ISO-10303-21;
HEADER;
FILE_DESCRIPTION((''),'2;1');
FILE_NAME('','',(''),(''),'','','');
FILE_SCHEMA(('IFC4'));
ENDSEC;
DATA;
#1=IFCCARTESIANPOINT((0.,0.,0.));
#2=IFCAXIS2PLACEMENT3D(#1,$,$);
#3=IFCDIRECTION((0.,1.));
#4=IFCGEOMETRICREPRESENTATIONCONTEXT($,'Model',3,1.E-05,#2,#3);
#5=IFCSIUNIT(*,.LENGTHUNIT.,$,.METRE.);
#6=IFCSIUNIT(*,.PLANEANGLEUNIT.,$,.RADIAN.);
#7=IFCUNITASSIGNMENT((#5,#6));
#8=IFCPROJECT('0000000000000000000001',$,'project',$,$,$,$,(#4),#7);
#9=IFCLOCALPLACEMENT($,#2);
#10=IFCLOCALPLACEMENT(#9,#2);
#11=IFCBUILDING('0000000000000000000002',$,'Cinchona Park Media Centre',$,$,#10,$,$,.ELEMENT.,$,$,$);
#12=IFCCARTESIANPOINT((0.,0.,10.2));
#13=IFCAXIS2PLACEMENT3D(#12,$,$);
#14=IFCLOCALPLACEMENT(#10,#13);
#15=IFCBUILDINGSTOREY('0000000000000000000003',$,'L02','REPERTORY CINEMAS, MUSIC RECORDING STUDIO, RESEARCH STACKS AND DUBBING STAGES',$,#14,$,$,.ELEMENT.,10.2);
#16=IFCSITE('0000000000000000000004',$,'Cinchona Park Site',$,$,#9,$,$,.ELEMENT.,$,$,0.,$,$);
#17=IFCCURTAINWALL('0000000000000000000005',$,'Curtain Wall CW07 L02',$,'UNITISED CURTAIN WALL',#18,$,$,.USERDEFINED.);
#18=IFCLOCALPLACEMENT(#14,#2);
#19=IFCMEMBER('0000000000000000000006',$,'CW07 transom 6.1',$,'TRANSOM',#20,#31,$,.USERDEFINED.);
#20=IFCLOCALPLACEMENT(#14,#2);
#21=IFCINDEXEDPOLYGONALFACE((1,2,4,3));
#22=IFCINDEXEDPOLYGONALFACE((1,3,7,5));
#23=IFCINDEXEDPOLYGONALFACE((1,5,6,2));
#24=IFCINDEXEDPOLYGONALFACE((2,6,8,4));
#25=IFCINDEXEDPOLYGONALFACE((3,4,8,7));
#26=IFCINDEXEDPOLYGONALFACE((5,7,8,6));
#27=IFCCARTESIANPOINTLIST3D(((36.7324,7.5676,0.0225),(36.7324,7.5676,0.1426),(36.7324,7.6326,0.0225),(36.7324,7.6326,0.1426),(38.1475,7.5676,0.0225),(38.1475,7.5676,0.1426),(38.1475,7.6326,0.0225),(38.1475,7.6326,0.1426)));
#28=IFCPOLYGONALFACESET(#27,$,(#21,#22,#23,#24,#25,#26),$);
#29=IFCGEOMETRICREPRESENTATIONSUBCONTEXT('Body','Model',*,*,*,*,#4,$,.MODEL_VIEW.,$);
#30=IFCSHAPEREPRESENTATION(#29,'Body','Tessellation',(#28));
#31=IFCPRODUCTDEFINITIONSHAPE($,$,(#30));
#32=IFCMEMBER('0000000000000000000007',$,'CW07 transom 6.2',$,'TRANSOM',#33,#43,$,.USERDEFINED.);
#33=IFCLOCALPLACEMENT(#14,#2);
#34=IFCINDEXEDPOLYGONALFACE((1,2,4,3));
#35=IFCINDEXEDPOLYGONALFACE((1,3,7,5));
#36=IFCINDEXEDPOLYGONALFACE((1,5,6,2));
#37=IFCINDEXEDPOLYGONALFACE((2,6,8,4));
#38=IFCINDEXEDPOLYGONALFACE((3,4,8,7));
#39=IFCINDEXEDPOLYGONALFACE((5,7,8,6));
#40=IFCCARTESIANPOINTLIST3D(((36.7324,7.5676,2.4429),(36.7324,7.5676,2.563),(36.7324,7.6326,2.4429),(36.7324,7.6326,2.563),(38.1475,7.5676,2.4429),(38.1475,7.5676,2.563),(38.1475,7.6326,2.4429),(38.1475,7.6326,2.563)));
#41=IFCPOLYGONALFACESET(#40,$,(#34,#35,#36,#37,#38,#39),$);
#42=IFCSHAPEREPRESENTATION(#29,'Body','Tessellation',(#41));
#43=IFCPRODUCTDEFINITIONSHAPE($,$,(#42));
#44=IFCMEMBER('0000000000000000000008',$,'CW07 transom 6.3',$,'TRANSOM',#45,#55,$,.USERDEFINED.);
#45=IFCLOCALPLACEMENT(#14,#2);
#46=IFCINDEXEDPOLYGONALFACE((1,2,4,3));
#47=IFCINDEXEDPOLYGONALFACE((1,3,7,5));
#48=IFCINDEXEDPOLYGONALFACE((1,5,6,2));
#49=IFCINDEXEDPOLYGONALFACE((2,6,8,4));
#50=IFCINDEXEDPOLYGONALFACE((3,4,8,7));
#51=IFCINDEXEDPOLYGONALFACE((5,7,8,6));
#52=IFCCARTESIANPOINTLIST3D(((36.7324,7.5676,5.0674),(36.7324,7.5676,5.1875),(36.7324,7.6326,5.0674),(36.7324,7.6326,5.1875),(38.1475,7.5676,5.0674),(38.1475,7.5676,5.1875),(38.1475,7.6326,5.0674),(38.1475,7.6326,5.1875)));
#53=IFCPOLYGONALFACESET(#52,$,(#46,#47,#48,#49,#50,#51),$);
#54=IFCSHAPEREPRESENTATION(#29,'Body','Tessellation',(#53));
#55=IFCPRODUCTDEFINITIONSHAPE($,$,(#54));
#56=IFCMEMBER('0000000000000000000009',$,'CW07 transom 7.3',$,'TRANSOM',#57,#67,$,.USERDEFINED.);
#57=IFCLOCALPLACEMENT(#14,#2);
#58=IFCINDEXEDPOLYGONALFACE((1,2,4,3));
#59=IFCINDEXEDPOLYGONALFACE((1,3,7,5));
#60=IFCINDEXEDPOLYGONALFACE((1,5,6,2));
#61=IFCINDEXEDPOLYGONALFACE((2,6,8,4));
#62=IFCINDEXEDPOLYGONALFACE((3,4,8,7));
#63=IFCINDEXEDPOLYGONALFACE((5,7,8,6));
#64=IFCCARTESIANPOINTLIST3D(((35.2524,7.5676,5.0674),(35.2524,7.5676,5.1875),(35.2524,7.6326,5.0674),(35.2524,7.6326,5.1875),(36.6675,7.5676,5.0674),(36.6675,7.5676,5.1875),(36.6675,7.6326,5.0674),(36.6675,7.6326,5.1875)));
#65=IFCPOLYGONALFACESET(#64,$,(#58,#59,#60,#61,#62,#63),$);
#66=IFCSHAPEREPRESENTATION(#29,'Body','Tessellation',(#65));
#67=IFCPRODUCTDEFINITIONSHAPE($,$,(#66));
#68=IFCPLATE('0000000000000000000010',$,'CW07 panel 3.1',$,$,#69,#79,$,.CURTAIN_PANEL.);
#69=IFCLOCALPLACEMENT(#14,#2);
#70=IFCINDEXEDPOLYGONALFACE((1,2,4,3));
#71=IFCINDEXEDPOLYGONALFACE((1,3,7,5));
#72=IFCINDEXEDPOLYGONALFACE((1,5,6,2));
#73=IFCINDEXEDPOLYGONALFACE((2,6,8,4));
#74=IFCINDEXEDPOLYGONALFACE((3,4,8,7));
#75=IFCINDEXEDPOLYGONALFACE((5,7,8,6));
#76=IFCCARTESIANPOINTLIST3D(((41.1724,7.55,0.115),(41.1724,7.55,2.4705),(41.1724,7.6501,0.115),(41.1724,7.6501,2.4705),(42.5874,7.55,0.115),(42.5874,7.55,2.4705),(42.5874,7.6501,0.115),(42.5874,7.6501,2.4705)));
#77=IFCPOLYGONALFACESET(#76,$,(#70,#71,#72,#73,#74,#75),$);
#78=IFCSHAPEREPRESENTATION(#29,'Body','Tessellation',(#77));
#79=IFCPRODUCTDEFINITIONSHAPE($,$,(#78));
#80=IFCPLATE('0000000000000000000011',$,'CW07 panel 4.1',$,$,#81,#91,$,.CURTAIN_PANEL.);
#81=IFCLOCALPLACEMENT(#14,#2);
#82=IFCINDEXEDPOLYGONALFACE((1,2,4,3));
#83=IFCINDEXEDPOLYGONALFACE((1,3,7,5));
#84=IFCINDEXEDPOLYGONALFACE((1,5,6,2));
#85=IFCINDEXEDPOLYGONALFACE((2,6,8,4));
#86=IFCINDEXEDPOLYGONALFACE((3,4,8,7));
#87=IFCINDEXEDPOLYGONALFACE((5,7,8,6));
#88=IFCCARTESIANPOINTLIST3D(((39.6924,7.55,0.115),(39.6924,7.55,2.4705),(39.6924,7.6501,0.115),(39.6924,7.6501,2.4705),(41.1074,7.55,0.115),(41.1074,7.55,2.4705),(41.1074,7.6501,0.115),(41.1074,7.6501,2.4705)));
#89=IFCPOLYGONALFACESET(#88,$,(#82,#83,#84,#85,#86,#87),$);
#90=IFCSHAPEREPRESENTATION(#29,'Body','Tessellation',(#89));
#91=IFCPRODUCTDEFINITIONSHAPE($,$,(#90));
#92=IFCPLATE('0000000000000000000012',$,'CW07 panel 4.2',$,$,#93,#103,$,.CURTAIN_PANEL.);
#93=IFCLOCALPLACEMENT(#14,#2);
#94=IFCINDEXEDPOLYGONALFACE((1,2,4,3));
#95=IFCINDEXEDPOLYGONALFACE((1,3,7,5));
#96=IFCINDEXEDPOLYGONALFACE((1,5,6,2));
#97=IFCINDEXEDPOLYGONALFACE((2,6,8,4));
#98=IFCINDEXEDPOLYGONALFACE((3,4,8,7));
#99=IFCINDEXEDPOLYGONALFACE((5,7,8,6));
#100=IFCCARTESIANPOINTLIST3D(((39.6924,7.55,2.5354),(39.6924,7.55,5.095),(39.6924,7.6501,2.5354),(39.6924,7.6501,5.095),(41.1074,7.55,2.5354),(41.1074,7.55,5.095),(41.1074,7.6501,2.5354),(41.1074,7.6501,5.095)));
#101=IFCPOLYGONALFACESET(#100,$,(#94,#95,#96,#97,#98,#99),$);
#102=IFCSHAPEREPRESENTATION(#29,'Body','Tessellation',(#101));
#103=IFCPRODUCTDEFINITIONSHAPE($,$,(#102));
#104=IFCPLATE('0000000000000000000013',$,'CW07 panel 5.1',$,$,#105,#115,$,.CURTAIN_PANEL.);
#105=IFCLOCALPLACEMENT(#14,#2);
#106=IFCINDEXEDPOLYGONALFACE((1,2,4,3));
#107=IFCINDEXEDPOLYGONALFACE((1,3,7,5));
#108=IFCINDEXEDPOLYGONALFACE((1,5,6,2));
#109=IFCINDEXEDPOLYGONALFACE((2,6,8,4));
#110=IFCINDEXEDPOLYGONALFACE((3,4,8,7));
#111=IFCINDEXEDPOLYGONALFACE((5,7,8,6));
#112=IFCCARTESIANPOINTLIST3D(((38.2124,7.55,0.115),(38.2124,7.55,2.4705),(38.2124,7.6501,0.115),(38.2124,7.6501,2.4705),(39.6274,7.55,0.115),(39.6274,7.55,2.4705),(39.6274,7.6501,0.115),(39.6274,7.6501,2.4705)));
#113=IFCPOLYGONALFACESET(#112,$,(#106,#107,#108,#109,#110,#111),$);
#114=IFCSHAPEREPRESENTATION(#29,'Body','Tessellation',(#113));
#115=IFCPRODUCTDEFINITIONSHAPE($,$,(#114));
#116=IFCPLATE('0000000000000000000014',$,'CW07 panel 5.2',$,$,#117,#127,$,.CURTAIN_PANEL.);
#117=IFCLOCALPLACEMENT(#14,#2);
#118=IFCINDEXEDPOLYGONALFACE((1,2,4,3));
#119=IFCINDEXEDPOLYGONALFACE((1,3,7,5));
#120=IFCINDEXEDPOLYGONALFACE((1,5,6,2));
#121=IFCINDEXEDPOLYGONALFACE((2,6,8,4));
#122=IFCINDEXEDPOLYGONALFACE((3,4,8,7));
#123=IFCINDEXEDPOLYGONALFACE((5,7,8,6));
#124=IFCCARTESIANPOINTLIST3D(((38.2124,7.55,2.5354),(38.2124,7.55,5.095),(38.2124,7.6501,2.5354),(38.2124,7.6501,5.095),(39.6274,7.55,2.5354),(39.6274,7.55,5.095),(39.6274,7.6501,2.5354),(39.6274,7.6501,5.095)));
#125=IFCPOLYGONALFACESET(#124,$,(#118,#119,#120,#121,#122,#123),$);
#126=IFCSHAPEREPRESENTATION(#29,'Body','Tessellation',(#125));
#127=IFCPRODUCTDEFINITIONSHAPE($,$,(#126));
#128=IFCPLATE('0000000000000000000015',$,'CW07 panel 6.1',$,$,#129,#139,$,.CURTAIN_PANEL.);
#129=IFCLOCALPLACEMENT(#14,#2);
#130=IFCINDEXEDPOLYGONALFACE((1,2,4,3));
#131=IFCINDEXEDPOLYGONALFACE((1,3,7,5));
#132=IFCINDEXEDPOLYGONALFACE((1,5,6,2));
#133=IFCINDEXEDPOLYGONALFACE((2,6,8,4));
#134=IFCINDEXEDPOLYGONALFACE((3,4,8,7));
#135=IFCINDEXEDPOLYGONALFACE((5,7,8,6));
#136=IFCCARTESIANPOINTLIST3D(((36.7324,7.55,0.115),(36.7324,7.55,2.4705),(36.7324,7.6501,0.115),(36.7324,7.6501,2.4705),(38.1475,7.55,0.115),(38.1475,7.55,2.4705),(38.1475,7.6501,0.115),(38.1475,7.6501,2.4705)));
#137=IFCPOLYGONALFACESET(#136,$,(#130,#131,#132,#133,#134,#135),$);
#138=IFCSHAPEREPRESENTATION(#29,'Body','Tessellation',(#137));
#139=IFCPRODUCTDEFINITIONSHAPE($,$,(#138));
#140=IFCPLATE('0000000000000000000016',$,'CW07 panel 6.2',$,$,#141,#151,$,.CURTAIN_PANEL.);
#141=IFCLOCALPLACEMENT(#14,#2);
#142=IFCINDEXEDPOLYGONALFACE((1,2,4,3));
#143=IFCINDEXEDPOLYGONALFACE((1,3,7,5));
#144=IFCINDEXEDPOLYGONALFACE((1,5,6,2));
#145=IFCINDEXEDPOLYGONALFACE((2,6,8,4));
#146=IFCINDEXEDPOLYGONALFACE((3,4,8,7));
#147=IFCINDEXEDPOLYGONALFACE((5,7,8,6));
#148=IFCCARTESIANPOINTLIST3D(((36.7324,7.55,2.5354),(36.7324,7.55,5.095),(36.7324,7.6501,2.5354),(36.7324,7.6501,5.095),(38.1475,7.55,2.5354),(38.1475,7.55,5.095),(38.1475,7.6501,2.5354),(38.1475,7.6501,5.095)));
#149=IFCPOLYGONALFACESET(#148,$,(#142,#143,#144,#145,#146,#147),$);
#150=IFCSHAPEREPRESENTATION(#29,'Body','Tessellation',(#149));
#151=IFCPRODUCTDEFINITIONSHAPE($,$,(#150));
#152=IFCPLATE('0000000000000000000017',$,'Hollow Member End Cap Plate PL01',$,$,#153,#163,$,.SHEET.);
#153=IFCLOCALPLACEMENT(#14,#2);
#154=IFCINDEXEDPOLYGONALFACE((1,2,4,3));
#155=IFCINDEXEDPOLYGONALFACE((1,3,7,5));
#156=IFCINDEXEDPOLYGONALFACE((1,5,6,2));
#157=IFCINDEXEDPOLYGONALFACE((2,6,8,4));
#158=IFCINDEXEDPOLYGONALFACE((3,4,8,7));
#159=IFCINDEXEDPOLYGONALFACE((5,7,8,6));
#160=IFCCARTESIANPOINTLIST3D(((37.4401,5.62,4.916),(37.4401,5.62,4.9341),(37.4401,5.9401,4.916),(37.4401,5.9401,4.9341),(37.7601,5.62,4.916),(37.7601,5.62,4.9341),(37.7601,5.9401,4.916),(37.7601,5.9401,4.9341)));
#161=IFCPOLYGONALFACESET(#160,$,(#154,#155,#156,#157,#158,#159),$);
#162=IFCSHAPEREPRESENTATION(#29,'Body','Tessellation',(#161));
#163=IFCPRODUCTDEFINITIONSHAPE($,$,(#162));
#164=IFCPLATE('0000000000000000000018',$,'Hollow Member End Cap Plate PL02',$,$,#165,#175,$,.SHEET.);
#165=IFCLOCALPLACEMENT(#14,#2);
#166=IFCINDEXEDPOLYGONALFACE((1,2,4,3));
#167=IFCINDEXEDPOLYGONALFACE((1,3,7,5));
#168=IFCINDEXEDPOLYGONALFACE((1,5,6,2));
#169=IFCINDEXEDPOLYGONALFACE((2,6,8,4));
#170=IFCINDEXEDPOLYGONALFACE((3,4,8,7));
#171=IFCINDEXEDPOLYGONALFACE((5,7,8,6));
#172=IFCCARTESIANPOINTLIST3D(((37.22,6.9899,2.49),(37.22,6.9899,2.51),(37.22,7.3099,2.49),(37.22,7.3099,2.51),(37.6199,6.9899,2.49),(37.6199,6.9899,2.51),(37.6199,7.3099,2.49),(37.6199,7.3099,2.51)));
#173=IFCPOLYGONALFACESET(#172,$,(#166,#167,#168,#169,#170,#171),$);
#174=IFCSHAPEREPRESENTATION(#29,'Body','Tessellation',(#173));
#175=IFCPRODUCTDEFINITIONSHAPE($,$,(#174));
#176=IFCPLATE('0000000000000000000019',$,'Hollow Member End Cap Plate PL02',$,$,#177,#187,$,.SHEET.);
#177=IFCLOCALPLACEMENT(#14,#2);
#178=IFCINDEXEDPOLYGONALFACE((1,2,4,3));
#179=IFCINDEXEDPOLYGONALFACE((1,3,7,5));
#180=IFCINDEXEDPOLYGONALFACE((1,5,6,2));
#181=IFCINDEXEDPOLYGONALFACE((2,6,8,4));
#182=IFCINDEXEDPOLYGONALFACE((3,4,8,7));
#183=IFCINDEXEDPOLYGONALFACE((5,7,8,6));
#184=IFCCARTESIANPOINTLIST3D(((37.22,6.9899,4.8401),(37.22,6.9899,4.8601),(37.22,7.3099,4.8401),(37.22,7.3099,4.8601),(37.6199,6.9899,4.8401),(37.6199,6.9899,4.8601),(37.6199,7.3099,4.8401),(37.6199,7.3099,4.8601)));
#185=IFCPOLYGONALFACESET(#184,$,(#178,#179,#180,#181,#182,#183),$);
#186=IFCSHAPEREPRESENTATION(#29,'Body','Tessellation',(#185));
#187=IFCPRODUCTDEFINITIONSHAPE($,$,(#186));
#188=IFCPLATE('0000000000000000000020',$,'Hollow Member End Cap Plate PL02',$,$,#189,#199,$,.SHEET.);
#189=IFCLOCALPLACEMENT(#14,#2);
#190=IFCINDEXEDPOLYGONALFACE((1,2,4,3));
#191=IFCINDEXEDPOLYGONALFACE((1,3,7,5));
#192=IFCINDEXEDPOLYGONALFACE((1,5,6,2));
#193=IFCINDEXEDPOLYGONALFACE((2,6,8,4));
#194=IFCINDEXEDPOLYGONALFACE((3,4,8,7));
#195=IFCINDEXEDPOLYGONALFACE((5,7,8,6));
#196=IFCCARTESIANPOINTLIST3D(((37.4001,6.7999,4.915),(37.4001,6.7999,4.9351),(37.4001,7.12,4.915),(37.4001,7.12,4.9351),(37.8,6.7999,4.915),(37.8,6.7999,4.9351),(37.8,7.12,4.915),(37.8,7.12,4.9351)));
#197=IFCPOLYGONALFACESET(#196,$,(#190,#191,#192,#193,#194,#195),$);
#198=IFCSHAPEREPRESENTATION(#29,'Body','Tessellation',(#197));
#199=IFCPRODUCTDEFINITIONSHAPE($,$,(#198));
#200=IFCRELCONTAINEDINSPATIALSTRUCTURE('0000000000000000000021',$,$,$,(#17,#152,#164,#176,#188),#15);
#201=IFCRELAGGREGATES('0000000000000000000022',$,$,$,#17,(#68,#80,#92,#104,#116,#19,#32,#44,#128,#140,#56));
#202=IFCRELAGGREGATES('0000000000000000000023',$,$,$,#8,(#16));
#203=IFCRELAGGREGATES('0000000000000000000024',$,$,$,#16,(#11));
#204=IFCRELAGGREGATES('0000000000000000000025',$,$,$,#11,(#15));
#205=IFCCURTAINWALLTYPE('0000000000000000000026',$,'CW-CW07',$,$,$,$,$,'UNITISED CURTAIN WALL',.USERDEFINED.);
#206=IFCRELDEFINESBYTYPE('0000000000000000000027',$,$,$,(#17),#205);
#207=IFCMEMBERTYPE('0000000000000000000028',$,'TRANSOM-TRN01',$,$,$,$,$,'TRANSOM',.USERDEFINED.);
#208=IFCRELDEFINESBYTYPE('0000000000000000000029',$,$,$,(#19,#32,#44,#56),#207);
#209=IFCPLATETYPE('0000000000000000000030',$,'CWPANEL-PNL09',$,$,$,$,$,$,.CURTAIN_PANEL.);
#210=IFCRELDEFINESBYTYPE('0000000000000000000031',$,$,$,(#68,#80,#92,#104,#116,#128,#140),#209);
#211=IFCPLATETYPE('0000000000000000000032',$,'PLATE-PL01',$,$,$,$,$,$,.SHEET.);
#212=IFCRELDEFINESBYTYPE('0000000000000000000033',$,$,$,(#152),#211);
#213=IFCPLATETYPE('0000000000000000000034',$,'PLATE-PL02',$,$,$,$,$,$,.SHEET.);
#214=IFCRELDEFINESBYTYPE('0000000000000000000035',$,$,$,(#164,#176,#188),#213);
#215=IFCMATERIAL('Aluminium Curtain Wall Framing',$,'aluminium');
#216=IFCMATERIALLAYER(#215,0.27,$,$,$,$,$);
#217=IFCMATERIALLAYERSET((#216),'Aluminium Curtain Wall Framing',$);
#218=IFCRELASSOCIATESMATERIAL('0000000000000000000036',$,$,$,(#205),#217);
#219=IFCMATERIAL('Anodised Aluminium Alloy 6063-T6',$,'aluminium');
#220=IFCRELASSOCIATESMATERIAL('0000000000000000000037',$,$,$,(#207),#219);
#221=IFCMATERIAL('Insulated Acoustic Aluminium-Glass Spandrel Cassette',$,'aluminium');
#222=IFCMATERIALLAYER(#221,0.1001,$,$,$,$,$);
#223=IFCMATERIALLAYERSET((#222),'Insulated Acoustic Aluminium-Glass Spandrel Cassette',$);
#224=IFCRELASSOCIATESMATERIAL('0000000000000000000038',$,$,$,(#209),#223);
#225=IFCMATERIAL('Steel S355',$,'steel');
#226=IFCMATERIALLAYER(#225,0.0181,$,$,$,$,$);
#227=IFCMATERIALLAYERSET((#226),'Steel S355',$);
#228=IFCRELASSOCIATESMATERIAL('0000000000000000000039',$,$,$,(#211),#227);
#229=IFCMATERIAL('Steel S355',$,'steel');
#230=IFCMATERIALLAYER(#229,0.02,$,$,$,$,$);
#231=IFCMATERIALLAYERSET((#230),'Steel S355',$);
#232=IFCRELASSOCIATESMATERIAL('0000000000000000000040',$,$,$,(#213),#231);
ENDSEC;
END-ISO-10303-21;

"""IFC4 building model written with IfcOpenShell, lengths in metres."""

from ifc_helpers import new_model, si_unit, direction, frame, origin, origin_2d, place, context, subcontext, project, spatial, rectangle, extrude, material, layer, layer_set, material_profile, profile_set, type_object, element, aggregate, save


model = new_model("IFC4")

# Units and contexts
model_context = context("Model", 3, precision=1e-05, world=origin(), true_north=direction((0.0, 1.0)))
body_context = subcontext(model_context, "Body", "Model", "MODEL_VIEW")
ifc_project = project(units=[si_unit("LENGTHUNIT", "METRE"), si_unit("PLANEANGLEUNIT", "RADIAN")], contexts=[model_context])

# Site, building, storey
site_placement = place(None, origin())
site = spatial("IfcSite", under=ifc_project, at=site_placement, Name="Cinchona Park Site", CompositionType="ELEMENT", RefElevation=0.0)
building_placement = place(site_placement, origin())
building = spatial("IfcBuilding", under=site, at=building_placement, Name="Cinchona Park Media Centre", CompositionType="ELEMENT")
storey_placement = place(building_placement, frame((0.0, 0.0, 10.2)))
storey = spatial("IfcBuildingStorey", under=building, at=storey_placement, Name="L02", Description="REPERTORY CINEMAS, MUSIC RECORDING STUDIO, RESEARCH STACKS AND DUBBING STAGES", CompositionType="ELEMENT", Elevation=10.2)

# Curtain wall, members, plates
ifc_material_1 = material(Name="Aluminium Curtain Wall Framing", Category="aluminium")
ifc_layer_1 = layer(ifc_material_1, 0.27)
ifc_layer_set_1 = layer_set([ifc_layer_1], Name="Aluminium Curtain Wall Framing")
curtain_wall_type = type_object("IfcCurtainWallType", Name="CW-CW07", ElementType="UNITISED CURTAIN WALL", PredefinedType="USERDEFINED", material=ifc_layer_set_1)
curtain_wall_placement = place(storey_placement, origin())
curtain_wall = element("IfcCurtainWall", 1, at=curtain_wall_placement, inside=storey, type_object=curtain_wall_type, Name="Curtain Wall CW07 L02", ObjectType="UNITISED CURTAIN WALL", PredefinedType="USERDEFINED")
ifc_material_2 = material(Name="Anodised Aluminium Alloy 6063-T6", Category="aluminium")
ifc_material_profile_1 = material_profile(ifc_material_2, rectangle(XDim=0.0649, YDim=0.1201, at=origin_2d()), Name="TRN-65X120")
ifc_profile_set_1 = profile_set([ifc_material_profile_1], Name="Anodised Aluminium Alloy 6063-T6")
member_type_1 = type_object("IfcMemberType", Name="TRANSOM-TRN01", ElementType="TRANSOM", PredefinedType="USERDEFINED", material=ifc_profile_set_1)
member_1_placement = place(storey_placement, frame((38.1475, 7.6001, 0.0825), z_axis=(-1.0, 0.0, 0.0), x_axis=(0.0, -1.0, 0.0)))
member_1 = element("IfcMember", 2, at=member_1_placement, type_object=member_type_1, Name="CW07 transom 6.1", ObjectType="TRANSOM", PredefinedType="USERDEFINED", context=body_context, shape_type="SweptSolid", body=[
    extrude(rectangle(XDim=0.0649, YDim=0.1201, at=origin_2d()), origin(), (0.0, 0.0, 1.0), 1.415),
])
member_2_placement = place(storey_placement, frame((38.1475, 7.6001, 2.5029), z_axis=(-1.0, 0.0, 0.0), x_axis=(0.0, -1.0, 0.0)))
member_2 = element("IfcMember", 3, at=member_2_placement, type_object=member_type_1, Name="CW07 transom 6.2", ObjectType="TRANSOM", PredefinedType="USERDEFINED", context=body_context, shape_type="SweptSolid", body=[
    extrude(rectangle(XDim=0.0649, YDim=0.1201, at=origin_2d()), origin(), (0.0, 0.0, 1.0), 1.415),
])
member_3_placement = place(storey_placement, frame((38.1475, 7.6001, 5.1274), z_axis=(-1.0, 0.0, 0.0), x_axis=(0.0, -1.0, 0.0)))
member_3 = element("IfcMember", 4, at=member_3_placement, type_object=member_type_1, Name="CW07 transom 6.3", ObjectType="TRANSOM", PredefinedType="USERDEFINED", context=body_context, shape_type="SweptSolid", body=[
    extrude(rectangle(XDim=0.0649, YDim=0.1201, at=origin_2d()), origin(), (0.0, 0.0, 1.0), 1.415),
])
member_4_placement = place(storey_placement, frame((36.6675, 7.6001, 5.1274), z_axis=(-1.0, 0.0, 0.0), x_axis=(0.0, -1.0, 0.0)))
member_4 = element("IfcMember", 5, at=member_4_placement, type_object=member_type_1, Name="CW07 transom 7.3", ObjectType="TRANSOM", PredefinedType="USERDEFINED", context=body_context, shape_type="SweptSolid", body=[
    extrude(rectangle(XDim=0.0649, YDim=0.1201, at=origin_2d()), origin(), (0.0, 0.0, 1.0), 1.415),
])
ifc_material_3 = material(Name="Insulated Acoustic Aluminium-Glass Spandrel Cassette", Category="aluminium")
ifc_layer_2 = layer(ifc_material_3, 0.1001)
ifc_layer_set_2 = layer_set([ifc_layer_2], Name="Insulated Acoustic Aluminium-Glass Spandrel Cassette")
plate_type_1 = type_object("IfcPlateType", Name="CWPANEL-PNL09", PredefinedType="CURTAIN_PANEL", material=ifc_layer_set_2)
plate_1_placement = place(storey_placement, frame((41.8799, 7.6001, 0.115), z_axis=(0.0, 0.0, 1.0), x_axis=(-1.0, 0.0, 0.0)))
plate_1 = element("IfcPlate", 6, at=plate_1_placement, type_object=plate_type_1, Name="CW07 panel 3.1", PredefinedType="CURTAIN_PANEL", context=body_context, shape_type="SweptSolid", body=[
    extrude(rectangle(XDim=1.415, YDim=0.1001, at=origin_2d()), origin(), (0.0, 0.0, 1.0), 2.3555),
])
plate_2_placement = place(storey_placement, frame((40.3999, 7.6001, 0.115), z_axis=(0.0, 0.0, 1.0), x_axis=(-1.0, 0.0, 0.0)))
plate_2 = element("IfcPlate", 7, at=plate_2_placement, type_object=plate_type_1, Name="CW07 panel 4.1", PredefinedType="CURTAIN_PANEL", context=body_context, shape_type="SweptSolid", body=[
    extrude(rectangle(XDim=1.415, YDim=0.1001, at=origin_2d()), origin(), (0.0, 0.0, 1.0), 2.3555),
])
plate_3_placement = place(storey_placement, frame((40.3999, 7.6001, 2.5354), z_axis=(0.0, 0.0, 1.0), x_axis=(-1.0, 0.0, 0.0)))
plate_3 = element("IfcPlate", 8, at=plate_3_placement, type_object=plate_type_1, Name="CW07 panel 4.2", PredefinedType="CURTAIN_PANEL", context=body_context, shape_type="SweptSolid", body=[
    extrude(rectangle(XDim=1.415, YDim=0.1001, at=origin_2d()), origin(), (0.0, 0.0, 1.0), 2.5596),
])
plate_4_placement = place(storey_placement, frame((38.9199, 7.6001, 0.115), z_axis=(0.0, 0.0, 1.0), x_axis=(-1.0, 0.0, 0.0)))
plate_4 = element("IfcPlate", 9, at=plate_4_placement, type_object=plate_type_1, Name="CW07 panel 5.1", PredefinedType="CURTAIN_PANEL", context=body_context, shape_type="SweptSolid", body=[
    extrude(rectangle(XDim=1.415, YDim=0.1001, at=origin_2d()), origin(), (0.0, 0.0, 1.0), 2.3555),
])
plate_5_placement = place(storey_placement, frame((38.9199, 7.6001, 2.5354), z_axis=(0.0, 0.0, 1.0), x_axis=(-1.0, 0.0, 0.0)))
plate_5 = element("IfcPlate", 10, at=plate_5_placement, type_object=plate_type_1, Name="CW07 panel 5.2", PredefinedType="CURTAIN_PANEL", context=body_context, shape_type="SweptSolid", body=[
    extrude(rectangle(XDim=1.415, YDim=0.1001, at=origin_2d()), origin(), (0.0, 0.0, 1.0), 2.5596),
])
plate_6_placement = place(storey_placement, frame((37.4399, 7.6001, 0.115), z_axis=(0.0, 0.0, 1.0), x_axis=(-1.0, 0.0, 0.0)))
plate_6 = element("IfcPlate", 11, at=plate_6_placement, type_object=plate_type_1, Name="CW07 panel 6.1", PredefinedType="CURTAIN_PANEL", context=body_context, shape_type="SweptSolid", body=[
    extrude(rectangle(XDim=1.415, YDim=0.1001, at=origin_2d()), origin(), (0.0, 0.0, 1.0), 2.3555),
])
plate_7_placement = place(storey_placement, frame((37.4399, 7.6001, 2.5354), z_axis=(0.0, 0.0, 1.0), x_axis=(-1.0, 0.0, 0.0)))
plate_7 = element("IfcPlate", 12, at=plate_7_placement, type_object=plate_type_1, Name="CW07 panel 6.2", PredefinedType="CURTAIN_PANEL", context=body_context, shape_type="SweptSolid", body=[
    extrude(rectangle(XDim=1.415, YDim=0.1001, at=origin_2d()), origin(), (0.0, 0.0, 1.0), 2.5596),
])
aggregate(curtain_wall, [plate_1, plate_2, plate_3, plate_4, plate_5, member_1, member_2, member_3, plate_6, plate_7, member_4])

# Plates
ifc_material_4 = material(Name="Steel S355", Category="steel")
ifc_layer_3 = layer(ifc_material_4, 0.0181)
ifc_layer_set_3 = layer_set([ifc_layer_3], Name="Steel S355")
plate_type_2 = type_object("IfcPlateType", Name="PLATE-PL01", PredefinedType="SHEET", material=ifc_layer_set_3)
plate_8_placement = place(storey_placement, frame((37.6001, 5.78, 4.916), z_axis=(0.0, 0.0, 1.0), x_axis=(1.0, 0.0, 0.0)))
element("IfcPlate", 13, at=plate_8_placement, inside=storey, type_object=plate_type_2, Name="Hollow Member End Cap Plate PL01", PredefinedType="SHEET", context=body_context, shape_type="SweptSolid", body=[
    extrude(rectangle(XDim=0.3201, YDim=0.3201, at=origin_2d()), origin(), (0.0, 0.0, 1.0), 0.0181),
])
ifc_material_5 = material(Name="Steel S355", Category="steel")
ifc_layer_4 = layer(ifc_material_5, 0.02)
ifc_layer_set_4 = layer_set([ifc_layer_4], Name="Steel S355")
plate_type_3 = type_object("IfcPlateType", Name="PLATE-PL02", PredefinedType="SHEET", material=ifc_layer_set_4)
for number, where, z_axis, x_axis, name in (
    (14, (37.4199, 7.1499, 2.49), (0.0, 0.0, 1.0), (1.0, 0.0, 0.0), "Hollow Member End Cap Plate PL02"),
    (15, (37.4199, 7.1499, 4.8401), (0.0, 0.0, 1.0), (1.0, 0.0, 0.0), "Hollow Member End Cap Plate PL02"),
    (16, (37.6001, 6.96, 4.915), (0.0, 0.0, 1.0), (1.0, 0.0, 0.0), "Hollow Member End Cap Plate PL02"),
):
    element("IfcPlate", number, at=place(storey_placement, frame(where, z_axis=z_axis, x_axis=x_axis)), inside=storey, type_object=plate_type_3, Name=name, PredefinedType="SHEET", context=body_context, shape_type="SweptSolid", body=[
        extrude(rectangle(XDim=0.3999, YDim=0.3201, at=origin_2d()), origin(), (0.0, 0.0, 1.0), 0.02),
    ])

save(model, "model.ifc")
